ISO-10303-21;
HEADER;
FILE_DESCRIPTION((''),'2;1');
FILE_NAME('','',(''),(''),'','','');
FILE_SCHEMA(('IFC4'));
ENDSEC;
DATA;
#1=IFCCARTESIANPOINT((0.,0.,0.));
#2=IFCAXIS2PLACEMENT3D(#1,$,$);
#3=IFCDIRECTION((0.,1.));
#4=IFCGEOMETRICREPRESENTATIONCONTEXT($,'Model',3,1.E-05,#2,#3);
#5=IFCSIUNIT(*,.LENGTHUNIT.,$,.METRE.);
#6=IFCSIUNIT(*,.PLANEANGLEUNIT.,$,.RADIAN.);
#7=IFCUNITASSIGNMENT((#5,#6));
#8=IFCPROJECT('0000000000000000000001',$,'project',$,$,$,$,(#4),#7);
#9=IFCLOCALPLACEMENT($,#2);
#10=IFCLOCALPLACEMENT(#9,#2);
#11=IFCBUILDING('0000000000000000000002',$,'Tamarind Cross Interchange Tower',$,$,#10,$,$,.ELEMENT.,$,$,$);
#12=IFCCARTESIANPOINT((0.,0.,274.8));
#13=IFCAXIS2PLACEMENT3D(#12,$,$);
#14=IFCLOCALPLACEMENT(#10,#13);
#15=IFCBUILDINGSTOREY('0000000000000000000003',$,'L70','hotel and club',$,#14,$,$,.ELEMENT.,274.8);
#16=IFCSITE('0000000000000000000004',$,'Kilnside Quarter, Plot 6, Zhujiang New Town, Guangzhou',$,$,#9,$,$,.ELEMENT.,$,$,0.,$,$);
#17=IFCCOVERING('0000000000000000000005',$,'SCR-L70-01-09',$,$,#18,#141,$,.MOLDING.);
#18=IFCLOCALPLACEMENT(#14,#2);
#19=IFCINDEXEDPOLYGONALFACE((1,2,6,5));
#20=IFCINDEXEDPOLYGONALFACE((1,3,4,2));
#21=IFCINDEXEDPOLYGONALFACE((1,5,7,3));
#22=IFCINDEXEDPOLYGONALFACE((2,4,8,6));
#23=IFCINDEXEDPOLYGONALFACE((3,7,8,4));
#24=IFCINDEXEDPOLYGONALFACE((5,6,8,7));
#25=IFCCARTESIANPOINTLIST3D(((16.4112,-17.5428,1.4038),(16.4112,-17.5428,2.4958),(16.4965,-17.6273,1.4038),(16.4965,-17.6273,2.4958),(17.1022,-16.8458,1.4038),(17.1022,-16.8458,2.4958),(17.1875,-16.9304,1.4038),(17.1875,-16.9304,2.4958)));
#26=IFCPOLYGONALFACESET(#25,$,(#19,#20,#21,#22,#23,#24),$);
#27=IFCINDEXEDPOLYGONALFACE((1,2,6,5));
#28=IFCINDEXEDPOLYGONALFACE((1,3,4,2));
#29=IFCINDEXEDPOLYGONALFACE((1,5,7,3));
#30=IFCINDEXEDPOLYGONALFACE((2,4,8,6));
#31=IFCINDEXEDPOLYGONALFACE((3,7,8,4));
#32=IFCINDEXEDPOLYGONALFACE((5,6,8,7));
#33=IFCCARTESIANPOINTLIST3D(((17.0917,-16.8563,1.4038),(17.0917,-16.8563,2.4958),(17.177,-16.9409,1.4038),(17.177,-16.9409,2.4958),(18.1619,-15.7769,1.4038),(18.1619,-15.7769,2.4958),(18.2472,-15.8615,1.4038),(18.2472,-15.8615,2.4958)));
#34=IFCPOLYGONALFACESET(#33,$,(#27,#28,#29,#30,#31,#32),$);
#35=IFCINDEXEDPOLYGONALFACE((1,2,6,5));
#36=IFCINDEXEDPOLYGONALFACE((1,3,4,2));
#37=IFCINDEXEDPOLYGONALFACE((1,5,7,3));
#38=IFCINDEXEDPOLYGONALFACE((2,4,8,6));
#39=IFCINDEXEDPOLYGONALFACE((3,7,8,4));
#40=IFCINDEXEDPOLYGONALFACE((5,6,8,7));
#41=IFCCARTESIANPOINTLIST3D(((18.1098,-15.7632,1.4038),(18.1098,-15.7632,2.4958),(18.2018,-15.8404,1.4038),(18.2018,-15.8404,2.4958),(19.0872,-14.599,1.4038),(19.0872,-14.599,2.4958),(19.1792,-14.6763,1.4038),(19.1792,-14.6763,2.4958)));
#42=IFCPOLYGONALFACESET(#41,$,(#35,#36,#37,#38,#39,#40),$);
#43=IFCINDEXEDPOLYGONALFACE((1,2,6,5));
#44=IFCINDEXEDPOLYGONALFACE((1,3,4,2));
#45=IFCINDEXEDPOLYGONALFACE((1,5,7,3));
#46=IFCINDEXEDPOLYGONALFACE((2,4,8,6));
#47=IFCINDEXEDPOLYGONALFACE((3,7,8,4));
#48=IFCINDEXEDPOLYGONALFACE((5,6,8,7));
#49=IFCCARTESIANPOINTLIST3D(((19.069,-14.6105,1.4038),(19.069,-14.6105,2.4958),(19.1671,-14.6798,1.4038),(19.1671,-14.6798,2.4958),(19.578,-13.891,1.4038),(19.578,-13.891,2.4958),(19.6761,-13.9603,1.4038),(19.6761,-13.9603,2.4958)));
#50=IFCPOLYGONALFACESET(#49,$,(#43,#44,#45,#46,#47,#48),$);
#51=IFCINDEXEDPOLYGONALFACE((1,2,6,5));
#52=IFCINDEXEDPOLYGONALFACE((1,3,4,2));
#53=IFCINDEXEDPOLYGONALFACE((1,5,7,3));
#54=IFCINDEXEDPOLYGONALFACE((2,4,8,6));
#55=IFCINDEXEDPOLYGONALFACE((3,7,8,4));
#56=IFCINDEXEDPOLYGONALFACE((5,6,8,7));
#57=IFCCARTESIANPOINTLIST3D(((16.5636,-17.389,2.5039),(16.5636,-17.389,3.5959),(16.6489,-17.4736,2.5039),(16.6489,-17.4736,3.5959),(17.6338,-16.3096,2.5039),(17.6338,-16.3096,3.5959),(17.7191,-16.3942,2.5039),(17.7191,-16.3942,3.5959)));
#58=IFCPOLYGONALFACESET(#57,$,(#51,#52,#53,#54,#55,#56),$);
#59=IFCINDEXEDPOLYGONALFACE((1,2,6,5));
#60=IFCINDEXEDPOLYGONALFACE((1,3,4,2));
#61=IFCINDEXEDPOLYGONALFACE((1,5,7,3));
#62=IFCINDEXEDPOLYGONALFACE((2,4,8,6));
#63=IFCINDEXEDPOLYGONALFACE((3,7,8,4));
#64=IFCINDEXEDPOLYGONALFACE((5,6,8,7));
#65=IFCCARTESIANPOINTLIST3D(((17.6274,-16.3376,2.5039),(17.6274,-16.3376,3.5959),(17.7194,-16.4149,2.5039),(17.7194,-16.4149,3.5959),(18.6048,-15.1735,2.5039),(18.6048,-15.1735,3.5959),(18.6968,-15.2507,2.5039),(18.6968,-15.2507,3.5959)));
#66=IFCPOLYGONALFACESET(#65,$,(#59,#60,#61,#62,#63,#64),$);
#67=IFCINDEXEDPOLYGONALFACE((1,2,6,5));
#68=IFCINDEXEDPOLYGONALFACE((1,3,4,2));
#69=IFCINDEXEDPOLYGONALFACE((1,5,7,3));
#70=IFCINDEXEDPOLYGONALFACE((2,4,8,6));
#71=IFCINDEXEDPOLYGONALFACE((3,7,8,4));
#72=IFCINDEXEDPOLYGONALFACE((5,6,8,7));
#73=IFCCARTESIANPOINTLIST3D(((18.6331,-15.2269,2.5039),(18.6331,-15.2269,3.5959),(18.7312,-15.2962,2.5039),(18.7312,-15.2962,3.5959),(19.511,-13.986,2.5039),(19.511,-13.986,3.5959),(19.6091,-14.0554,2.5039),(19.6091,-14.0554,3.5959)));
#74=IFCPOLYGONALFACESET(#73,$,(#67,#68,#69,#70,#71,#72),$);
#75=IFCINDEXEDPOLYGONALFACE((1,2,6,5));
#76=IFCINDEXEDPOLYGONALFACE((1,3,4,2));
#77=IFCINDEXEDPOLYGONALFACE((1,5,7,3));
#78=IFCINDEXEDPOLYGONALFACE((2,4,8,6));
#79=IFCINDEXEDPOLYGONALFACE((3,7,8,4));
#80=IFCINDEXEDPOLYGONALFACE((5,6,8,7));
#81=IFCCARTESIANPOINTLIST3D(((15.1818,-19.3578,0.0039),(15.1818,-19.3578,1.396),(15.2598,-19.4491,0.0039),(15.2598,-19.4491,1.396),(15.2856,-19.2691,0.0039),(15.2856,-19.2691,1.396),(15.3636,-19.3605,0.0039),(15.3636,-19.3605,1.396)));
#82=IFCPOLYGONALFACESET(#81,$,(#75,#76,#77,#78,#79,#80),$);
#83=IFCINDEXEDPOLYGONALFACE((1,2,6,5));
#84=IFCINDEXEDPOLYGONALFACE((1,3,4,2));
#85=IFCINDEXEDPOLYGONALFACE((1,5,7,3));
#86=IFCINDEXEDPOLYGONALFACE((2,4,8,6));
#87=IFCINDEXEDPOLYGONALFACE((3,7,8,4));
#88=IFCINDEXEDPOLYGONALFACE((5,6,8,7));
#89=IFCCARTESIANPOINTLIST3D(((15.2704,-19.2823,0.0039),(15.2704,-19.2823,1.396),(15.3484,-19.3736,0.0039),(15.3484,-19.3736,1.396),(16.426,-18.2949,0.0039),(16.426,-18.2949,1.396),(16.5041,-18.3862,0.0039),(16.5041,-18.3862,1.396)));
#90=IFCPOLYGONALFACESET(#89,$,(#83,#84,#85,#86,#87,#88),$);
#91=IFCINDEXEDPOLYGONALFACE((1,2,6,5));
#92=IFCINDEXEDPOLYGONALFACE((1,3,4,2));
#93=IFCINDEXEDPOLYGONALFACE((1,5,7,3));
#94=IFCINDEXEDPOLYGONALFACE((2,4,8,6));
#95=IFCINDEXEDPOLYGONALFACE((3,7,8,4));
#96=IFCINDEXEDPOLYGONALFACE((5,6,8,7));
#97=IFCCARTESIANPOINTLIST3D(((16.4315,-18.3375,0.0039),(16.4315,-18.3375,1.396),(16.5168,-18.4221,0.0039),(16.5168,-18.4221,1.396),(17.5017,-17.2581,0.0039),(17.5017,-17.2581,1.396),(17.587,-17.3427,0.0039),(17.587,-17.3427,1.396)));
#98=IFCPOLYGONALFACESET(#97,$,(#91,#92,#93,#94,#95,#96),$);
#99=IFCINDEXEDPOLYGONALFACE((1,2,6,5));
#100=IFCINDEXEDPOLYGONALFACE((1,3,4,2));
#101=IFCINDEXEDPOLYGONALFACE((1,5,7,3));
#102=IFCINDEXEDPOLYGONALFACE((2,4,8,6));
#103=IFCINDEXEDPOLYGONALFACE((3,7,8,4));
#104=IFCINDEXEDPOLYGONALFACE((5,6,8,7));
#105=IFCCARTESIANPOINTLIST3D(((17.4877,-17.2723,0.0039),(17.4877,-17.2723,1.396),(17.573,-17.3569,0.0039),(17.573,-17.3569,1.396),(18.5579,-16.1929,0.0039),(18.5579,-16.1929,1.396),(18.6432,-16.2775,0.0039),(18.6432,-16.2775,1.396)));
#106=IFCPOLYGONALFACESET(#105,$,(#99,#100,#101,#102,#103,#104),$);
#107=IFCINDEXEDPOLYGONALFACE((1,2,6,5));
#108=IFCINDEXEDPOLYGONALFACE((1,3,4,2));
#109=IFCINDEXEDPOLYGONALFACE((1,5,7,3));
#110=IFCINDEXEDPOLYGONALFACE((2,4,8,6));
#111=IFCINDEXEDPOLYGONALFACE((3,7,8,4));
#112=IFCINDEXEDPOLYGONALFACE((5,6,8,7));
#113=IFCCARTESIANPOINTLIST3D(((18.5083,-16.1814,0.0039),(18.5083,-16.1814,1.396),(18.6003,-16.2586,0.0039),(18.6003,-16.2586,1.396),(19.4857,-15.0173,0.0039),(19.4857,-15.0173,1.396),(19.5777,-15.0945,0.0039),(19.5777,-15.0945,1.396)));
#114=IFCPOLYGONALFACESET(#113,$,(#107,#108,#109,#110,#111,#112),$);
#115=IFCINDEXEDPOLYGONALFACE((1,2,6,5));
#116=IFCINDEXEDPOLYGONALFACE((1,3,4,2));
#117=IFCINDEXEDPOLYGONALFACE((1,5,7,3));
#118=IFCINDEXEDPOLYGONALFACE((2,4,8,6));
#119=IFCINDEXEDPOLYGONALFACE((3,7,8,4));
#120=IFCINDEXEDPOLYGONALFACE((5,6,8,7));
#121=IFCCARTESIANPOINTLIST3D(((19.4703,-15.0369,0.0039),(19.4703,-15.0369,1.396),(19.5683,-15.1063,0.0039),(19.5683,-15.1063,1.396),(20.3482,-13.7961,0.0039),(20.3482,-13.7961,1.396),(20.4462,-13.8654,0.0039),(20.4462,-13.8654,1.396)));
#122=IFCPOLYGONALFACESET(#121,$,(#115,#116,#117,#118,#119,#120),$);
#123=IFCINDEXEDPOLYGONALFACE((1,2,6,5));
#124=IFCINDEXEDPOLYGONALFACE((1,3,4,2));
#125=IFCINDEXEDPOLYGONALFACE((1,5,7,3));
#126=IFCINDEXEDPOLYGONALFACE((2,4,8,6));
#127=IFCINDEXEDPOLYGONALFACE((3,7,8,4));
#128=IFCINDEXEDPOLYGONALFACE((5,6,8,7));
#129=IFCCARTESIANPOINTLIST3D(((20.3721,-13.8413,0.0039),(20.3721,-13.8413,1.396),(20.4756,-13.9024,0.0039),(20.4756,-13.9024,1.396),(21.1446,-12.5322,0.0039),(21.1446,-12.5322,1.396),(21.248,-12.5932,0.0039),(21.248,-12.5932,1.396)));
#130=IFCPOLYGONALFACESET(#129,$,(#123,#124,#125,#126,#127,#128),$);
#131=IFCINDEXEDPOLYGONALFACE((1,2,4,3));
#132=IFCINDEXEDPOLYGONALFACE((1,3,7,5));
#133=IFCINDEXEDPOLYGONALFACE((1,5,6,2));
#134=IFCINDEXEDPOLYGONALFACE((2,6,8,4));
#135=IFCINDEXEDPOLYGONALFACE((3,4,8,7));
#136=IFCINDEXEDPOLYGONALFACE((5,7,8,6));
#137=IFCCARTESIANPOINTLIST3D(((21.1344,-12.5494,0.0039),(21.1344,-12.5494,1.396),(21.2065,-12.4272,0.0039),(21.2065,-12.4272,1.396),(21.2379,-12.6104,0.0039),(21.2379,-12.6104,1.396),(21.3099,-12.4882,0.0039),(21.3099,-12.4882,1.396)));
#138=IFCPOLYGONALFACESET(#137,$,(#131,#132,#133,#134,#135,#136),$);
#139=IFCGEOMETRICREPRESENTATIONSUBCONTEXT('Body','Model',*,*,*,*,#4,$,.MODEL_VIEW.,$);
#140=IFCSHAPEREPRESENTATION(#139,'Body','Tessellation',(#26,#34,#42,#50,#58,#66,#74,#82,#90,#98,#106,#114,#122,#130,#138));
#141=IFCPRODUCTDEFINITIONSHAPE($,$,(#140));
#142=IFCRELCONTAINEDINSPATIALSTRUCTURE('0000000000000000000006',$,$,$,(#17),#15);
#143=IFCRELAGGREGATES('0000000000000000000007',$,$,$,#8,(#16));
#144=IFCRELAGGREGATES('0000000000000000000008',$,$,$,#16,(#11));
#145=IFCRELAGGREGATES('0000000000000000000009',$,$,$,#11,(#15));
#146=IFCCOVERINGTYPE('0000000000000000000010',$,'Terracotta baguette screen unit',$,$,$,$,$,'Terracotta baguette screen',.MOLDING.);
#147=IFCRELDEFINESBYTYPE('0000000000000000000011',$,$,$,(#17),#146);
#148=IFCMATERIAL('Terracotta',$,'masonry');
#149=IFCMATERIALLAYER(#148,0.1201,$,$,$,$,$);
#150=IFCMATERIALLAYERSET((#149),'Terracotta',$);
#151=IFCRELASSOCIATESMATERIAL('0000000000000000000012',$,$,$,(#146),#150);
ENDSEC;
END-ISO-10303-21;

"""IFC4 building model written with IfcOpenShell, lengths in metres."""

from ifc_helpers import new_model, si_unit, direction, frame, origin, origin_2d, place, context, subcontext, project, spatial, rectangle, extrude, material, layer, layer_set, type_object, element, save


model = new_model("IFC4")

# Units and contexts
model_context = context("Model", 3, precision=1e-05, world=origin(), true_north=direction((0.0, 1.0)))
body_context = subcontext(model_context, "Body", "Model", "MODEL_VIEW")
ifc_project = project(units=[si_unit("LENGTHUNIT", "METRE"), si_unit("PLANEANGLEUNIT", "RADIAN")], contexts=[model_context])

# Site, building, storey
site_placement = place(None, origin())
site = spatial("IfcSite", under=ifc_project, at=site_placement, Name="Kilnside Quarter, Plot 6, Zhujiang New Town, Guangzhou", CompositionType="ELEMENT", RefElevation=0.0)
building_placement = place(site_placement, origin())
building = spatial("IfcBuilding", under=site, at=building_placement, Name="Tamarind Cross Interchange Tower", CompositionType="ELEMENT")
storey_placement = place(building_placement, frame((0.0, 0.0, 274.8)))
storey = spatial("IfcBuildingStorey", under=building, at=storey_placement, Name="L70", Description="hotel and club", CompositionType="ELEMENT", Elevation=274.8)

# Covering
ifc_material_1 = material(Name="Terracotta", Category="masonry")
ifc_layer_1 = layer(ifc_material_1, 0.1201)
ifc_layer_set_1 = layer_set([ifc_layer_1], Name="Terracotta")
covering_type = type_object("IfcCoveringType", Name="Terracotta baguette screen unit", ElementType="Terracotta baguette screen", PredefinedType="MOLDING", material=ifc_layer_set_1)
covering_1_placement = place(storey_placement, origin())
element("IfcCovering", 1, at=covering_1_placement, inside=storey, type_object=covering_type, Name="SCR-L70-01-09", PredefinedType="MOLDING", context=body_context, shape_type="SweptSolid", body=[
    extrude(rectangle(XDim=0.9814, YDim=0.1201, at=origin_2d()), frame((16.7993, -17.2366, 1.4038), z_axis=(0.0, 0.0, 1.0), x_axis=(0.704057, 0.710143, 0.0)), (0.0, 0.0, 1.0), 1.092),
    extrude(rectangle(XDim=1.52, YDim=0.1201, at=origin_2d()), frame((17.6694, -16.3589, 1.4038), z_axis=(0.0, 0.0, 1.0), x_axis=(0.704057, 0.710143, 0.0)), (0.0, 0.0, 1.0), 1.092),
    extrude(rectangle(XDim=1.52, YDim=0.1201, at=origin_2d()), frame((18.6445, -15.2197, 1.4038), z_axis=(0.0, 0.0, 1.0), x_axis=(0.643009, 0.765858, 0.0)), (0.0, 0.0, 1.0), 1.092),
    extrude(rectangle(XDim=0.8813, YDim=0.1201, at=origin_2d()), frame((19.3726, -14.2854, 1.4038), z_axis=(0.0, 0.0, 1.0), x_axis=(0.577569, 0.816342, 0.0)), (0.0, 0.0, 1.0), 1.092),
    extrude(rectangle(XDim=1.52, YDim=0.1201, at=origin_2d()), frame((17.1414, -16.8916, 2.5039), z_axis=(0.0, 0.0, 1.0), x_axis=(0.704057, 0.710143, 0.0)), (0.0, 0.0, 1.0), 1.092),
    extrude(rectangle(XDim=1.52, YDim=0.1201, at=origin_2d()), frame((18.1621, -15.7942, 2.5039), z_axis=(0.0, 0.0, 1.0), x_axis=(0.643009, 0.765858, 0.0)), (0.0, 0.0, 1.0), 1.092),
    extrude(rectangle(XDim=1.52, YDim=0.1201, at=origin_2d()), frame((19.1211, -14.6411, 2.5039), z_axis=(0.0, 0.0, 1.0), x_axis=(0.577569, 0.816342, 0.0)), (0.0, 0.0, 1.0), 1.092),
    extrude(rectangle(XDim=0.1365, YDim=0.1201, at=origin_2d()), frame((15.2727, -19.3591, 0.0039), z_axis=(0.0, 0.0, 1.0), x_axis=(0.760296, 0.649577, 0.0)), (0.0, 0.0, 1.0), 1.3921),
    extrude(rectangle(XDim=1.52, YDim=0.1201, at=origin_2d()), frame((15.8872, -18.8342, 0.0039), z_axis=(0.0, 0.0, 1.0), x_axis=(0.760296, 0.649577, 0.0)), (0.0, 0.0, 1.0), 1.3921),
    extrude(rectangle(XDim=1.52, YDim=0.1201, at=origin_2d()), frame((17.0093, -17.8401, 0.0039), z_axis=(0.0, 0.0, 1.0), x_axis=(0.704057, 0.710143, 0.0)), (0.0, 0.0, 1.0), 1.3921),
    extrude(rectangle(XDim=1.52, YDim=0.1201, at=origin_2d()), frame((18.0654, -16.7749, 0.0039), z_axis=(0.0, 0.0, 1.0), x_axis=(0.704057, 0.710143, 0.0)), (0.0, 0.0, 1.0), 1.3921),
    extrude(rectangle(XDim=1.52, YDim=0.1201, at=origin_2d()), frame((19.043, -15.6379, 0.0039), z_axis=(0.0, 0.0, 1.0), x_axis=(0.643009, 0.765858, 0.0)), (0.0, 0.0, 1.0), 1.3921),
    extrude(rectangle(XDim=1.52, YDim=0.1201, at=origin_2d()), frame((19.9583, -14.4512, 0.0039), z_axis=(0.0, 0.0, 1.0), x_axis=(0.577569, 0.816342, 0.0)), (0.0, 0.0, 1.0), 1.3921),
    extrude(rectangle(XDim=1.52, YDim=0.1201, at=origin_2d()), frame((20.8101, -13.2173, 0.0039), z_axis=(0.0, 0.0, 1.0), x_axis=(0.508183, 0.861249, 0.0)), (0.0, 0.0, 1.0), 1.3921),
    extrude(rectangle(XDim=0.1418, YDim=0.1201, at=origin_2d()), frame((21.2222, -12.5188, 0.0039), z_axis=(0.0, 0.0, 1.0), x_axis=(0.508183, 0.861249, 0.0)), (0.0, 0.0, 1.0), 1.3921),
])

save(model, "model.ifc")
